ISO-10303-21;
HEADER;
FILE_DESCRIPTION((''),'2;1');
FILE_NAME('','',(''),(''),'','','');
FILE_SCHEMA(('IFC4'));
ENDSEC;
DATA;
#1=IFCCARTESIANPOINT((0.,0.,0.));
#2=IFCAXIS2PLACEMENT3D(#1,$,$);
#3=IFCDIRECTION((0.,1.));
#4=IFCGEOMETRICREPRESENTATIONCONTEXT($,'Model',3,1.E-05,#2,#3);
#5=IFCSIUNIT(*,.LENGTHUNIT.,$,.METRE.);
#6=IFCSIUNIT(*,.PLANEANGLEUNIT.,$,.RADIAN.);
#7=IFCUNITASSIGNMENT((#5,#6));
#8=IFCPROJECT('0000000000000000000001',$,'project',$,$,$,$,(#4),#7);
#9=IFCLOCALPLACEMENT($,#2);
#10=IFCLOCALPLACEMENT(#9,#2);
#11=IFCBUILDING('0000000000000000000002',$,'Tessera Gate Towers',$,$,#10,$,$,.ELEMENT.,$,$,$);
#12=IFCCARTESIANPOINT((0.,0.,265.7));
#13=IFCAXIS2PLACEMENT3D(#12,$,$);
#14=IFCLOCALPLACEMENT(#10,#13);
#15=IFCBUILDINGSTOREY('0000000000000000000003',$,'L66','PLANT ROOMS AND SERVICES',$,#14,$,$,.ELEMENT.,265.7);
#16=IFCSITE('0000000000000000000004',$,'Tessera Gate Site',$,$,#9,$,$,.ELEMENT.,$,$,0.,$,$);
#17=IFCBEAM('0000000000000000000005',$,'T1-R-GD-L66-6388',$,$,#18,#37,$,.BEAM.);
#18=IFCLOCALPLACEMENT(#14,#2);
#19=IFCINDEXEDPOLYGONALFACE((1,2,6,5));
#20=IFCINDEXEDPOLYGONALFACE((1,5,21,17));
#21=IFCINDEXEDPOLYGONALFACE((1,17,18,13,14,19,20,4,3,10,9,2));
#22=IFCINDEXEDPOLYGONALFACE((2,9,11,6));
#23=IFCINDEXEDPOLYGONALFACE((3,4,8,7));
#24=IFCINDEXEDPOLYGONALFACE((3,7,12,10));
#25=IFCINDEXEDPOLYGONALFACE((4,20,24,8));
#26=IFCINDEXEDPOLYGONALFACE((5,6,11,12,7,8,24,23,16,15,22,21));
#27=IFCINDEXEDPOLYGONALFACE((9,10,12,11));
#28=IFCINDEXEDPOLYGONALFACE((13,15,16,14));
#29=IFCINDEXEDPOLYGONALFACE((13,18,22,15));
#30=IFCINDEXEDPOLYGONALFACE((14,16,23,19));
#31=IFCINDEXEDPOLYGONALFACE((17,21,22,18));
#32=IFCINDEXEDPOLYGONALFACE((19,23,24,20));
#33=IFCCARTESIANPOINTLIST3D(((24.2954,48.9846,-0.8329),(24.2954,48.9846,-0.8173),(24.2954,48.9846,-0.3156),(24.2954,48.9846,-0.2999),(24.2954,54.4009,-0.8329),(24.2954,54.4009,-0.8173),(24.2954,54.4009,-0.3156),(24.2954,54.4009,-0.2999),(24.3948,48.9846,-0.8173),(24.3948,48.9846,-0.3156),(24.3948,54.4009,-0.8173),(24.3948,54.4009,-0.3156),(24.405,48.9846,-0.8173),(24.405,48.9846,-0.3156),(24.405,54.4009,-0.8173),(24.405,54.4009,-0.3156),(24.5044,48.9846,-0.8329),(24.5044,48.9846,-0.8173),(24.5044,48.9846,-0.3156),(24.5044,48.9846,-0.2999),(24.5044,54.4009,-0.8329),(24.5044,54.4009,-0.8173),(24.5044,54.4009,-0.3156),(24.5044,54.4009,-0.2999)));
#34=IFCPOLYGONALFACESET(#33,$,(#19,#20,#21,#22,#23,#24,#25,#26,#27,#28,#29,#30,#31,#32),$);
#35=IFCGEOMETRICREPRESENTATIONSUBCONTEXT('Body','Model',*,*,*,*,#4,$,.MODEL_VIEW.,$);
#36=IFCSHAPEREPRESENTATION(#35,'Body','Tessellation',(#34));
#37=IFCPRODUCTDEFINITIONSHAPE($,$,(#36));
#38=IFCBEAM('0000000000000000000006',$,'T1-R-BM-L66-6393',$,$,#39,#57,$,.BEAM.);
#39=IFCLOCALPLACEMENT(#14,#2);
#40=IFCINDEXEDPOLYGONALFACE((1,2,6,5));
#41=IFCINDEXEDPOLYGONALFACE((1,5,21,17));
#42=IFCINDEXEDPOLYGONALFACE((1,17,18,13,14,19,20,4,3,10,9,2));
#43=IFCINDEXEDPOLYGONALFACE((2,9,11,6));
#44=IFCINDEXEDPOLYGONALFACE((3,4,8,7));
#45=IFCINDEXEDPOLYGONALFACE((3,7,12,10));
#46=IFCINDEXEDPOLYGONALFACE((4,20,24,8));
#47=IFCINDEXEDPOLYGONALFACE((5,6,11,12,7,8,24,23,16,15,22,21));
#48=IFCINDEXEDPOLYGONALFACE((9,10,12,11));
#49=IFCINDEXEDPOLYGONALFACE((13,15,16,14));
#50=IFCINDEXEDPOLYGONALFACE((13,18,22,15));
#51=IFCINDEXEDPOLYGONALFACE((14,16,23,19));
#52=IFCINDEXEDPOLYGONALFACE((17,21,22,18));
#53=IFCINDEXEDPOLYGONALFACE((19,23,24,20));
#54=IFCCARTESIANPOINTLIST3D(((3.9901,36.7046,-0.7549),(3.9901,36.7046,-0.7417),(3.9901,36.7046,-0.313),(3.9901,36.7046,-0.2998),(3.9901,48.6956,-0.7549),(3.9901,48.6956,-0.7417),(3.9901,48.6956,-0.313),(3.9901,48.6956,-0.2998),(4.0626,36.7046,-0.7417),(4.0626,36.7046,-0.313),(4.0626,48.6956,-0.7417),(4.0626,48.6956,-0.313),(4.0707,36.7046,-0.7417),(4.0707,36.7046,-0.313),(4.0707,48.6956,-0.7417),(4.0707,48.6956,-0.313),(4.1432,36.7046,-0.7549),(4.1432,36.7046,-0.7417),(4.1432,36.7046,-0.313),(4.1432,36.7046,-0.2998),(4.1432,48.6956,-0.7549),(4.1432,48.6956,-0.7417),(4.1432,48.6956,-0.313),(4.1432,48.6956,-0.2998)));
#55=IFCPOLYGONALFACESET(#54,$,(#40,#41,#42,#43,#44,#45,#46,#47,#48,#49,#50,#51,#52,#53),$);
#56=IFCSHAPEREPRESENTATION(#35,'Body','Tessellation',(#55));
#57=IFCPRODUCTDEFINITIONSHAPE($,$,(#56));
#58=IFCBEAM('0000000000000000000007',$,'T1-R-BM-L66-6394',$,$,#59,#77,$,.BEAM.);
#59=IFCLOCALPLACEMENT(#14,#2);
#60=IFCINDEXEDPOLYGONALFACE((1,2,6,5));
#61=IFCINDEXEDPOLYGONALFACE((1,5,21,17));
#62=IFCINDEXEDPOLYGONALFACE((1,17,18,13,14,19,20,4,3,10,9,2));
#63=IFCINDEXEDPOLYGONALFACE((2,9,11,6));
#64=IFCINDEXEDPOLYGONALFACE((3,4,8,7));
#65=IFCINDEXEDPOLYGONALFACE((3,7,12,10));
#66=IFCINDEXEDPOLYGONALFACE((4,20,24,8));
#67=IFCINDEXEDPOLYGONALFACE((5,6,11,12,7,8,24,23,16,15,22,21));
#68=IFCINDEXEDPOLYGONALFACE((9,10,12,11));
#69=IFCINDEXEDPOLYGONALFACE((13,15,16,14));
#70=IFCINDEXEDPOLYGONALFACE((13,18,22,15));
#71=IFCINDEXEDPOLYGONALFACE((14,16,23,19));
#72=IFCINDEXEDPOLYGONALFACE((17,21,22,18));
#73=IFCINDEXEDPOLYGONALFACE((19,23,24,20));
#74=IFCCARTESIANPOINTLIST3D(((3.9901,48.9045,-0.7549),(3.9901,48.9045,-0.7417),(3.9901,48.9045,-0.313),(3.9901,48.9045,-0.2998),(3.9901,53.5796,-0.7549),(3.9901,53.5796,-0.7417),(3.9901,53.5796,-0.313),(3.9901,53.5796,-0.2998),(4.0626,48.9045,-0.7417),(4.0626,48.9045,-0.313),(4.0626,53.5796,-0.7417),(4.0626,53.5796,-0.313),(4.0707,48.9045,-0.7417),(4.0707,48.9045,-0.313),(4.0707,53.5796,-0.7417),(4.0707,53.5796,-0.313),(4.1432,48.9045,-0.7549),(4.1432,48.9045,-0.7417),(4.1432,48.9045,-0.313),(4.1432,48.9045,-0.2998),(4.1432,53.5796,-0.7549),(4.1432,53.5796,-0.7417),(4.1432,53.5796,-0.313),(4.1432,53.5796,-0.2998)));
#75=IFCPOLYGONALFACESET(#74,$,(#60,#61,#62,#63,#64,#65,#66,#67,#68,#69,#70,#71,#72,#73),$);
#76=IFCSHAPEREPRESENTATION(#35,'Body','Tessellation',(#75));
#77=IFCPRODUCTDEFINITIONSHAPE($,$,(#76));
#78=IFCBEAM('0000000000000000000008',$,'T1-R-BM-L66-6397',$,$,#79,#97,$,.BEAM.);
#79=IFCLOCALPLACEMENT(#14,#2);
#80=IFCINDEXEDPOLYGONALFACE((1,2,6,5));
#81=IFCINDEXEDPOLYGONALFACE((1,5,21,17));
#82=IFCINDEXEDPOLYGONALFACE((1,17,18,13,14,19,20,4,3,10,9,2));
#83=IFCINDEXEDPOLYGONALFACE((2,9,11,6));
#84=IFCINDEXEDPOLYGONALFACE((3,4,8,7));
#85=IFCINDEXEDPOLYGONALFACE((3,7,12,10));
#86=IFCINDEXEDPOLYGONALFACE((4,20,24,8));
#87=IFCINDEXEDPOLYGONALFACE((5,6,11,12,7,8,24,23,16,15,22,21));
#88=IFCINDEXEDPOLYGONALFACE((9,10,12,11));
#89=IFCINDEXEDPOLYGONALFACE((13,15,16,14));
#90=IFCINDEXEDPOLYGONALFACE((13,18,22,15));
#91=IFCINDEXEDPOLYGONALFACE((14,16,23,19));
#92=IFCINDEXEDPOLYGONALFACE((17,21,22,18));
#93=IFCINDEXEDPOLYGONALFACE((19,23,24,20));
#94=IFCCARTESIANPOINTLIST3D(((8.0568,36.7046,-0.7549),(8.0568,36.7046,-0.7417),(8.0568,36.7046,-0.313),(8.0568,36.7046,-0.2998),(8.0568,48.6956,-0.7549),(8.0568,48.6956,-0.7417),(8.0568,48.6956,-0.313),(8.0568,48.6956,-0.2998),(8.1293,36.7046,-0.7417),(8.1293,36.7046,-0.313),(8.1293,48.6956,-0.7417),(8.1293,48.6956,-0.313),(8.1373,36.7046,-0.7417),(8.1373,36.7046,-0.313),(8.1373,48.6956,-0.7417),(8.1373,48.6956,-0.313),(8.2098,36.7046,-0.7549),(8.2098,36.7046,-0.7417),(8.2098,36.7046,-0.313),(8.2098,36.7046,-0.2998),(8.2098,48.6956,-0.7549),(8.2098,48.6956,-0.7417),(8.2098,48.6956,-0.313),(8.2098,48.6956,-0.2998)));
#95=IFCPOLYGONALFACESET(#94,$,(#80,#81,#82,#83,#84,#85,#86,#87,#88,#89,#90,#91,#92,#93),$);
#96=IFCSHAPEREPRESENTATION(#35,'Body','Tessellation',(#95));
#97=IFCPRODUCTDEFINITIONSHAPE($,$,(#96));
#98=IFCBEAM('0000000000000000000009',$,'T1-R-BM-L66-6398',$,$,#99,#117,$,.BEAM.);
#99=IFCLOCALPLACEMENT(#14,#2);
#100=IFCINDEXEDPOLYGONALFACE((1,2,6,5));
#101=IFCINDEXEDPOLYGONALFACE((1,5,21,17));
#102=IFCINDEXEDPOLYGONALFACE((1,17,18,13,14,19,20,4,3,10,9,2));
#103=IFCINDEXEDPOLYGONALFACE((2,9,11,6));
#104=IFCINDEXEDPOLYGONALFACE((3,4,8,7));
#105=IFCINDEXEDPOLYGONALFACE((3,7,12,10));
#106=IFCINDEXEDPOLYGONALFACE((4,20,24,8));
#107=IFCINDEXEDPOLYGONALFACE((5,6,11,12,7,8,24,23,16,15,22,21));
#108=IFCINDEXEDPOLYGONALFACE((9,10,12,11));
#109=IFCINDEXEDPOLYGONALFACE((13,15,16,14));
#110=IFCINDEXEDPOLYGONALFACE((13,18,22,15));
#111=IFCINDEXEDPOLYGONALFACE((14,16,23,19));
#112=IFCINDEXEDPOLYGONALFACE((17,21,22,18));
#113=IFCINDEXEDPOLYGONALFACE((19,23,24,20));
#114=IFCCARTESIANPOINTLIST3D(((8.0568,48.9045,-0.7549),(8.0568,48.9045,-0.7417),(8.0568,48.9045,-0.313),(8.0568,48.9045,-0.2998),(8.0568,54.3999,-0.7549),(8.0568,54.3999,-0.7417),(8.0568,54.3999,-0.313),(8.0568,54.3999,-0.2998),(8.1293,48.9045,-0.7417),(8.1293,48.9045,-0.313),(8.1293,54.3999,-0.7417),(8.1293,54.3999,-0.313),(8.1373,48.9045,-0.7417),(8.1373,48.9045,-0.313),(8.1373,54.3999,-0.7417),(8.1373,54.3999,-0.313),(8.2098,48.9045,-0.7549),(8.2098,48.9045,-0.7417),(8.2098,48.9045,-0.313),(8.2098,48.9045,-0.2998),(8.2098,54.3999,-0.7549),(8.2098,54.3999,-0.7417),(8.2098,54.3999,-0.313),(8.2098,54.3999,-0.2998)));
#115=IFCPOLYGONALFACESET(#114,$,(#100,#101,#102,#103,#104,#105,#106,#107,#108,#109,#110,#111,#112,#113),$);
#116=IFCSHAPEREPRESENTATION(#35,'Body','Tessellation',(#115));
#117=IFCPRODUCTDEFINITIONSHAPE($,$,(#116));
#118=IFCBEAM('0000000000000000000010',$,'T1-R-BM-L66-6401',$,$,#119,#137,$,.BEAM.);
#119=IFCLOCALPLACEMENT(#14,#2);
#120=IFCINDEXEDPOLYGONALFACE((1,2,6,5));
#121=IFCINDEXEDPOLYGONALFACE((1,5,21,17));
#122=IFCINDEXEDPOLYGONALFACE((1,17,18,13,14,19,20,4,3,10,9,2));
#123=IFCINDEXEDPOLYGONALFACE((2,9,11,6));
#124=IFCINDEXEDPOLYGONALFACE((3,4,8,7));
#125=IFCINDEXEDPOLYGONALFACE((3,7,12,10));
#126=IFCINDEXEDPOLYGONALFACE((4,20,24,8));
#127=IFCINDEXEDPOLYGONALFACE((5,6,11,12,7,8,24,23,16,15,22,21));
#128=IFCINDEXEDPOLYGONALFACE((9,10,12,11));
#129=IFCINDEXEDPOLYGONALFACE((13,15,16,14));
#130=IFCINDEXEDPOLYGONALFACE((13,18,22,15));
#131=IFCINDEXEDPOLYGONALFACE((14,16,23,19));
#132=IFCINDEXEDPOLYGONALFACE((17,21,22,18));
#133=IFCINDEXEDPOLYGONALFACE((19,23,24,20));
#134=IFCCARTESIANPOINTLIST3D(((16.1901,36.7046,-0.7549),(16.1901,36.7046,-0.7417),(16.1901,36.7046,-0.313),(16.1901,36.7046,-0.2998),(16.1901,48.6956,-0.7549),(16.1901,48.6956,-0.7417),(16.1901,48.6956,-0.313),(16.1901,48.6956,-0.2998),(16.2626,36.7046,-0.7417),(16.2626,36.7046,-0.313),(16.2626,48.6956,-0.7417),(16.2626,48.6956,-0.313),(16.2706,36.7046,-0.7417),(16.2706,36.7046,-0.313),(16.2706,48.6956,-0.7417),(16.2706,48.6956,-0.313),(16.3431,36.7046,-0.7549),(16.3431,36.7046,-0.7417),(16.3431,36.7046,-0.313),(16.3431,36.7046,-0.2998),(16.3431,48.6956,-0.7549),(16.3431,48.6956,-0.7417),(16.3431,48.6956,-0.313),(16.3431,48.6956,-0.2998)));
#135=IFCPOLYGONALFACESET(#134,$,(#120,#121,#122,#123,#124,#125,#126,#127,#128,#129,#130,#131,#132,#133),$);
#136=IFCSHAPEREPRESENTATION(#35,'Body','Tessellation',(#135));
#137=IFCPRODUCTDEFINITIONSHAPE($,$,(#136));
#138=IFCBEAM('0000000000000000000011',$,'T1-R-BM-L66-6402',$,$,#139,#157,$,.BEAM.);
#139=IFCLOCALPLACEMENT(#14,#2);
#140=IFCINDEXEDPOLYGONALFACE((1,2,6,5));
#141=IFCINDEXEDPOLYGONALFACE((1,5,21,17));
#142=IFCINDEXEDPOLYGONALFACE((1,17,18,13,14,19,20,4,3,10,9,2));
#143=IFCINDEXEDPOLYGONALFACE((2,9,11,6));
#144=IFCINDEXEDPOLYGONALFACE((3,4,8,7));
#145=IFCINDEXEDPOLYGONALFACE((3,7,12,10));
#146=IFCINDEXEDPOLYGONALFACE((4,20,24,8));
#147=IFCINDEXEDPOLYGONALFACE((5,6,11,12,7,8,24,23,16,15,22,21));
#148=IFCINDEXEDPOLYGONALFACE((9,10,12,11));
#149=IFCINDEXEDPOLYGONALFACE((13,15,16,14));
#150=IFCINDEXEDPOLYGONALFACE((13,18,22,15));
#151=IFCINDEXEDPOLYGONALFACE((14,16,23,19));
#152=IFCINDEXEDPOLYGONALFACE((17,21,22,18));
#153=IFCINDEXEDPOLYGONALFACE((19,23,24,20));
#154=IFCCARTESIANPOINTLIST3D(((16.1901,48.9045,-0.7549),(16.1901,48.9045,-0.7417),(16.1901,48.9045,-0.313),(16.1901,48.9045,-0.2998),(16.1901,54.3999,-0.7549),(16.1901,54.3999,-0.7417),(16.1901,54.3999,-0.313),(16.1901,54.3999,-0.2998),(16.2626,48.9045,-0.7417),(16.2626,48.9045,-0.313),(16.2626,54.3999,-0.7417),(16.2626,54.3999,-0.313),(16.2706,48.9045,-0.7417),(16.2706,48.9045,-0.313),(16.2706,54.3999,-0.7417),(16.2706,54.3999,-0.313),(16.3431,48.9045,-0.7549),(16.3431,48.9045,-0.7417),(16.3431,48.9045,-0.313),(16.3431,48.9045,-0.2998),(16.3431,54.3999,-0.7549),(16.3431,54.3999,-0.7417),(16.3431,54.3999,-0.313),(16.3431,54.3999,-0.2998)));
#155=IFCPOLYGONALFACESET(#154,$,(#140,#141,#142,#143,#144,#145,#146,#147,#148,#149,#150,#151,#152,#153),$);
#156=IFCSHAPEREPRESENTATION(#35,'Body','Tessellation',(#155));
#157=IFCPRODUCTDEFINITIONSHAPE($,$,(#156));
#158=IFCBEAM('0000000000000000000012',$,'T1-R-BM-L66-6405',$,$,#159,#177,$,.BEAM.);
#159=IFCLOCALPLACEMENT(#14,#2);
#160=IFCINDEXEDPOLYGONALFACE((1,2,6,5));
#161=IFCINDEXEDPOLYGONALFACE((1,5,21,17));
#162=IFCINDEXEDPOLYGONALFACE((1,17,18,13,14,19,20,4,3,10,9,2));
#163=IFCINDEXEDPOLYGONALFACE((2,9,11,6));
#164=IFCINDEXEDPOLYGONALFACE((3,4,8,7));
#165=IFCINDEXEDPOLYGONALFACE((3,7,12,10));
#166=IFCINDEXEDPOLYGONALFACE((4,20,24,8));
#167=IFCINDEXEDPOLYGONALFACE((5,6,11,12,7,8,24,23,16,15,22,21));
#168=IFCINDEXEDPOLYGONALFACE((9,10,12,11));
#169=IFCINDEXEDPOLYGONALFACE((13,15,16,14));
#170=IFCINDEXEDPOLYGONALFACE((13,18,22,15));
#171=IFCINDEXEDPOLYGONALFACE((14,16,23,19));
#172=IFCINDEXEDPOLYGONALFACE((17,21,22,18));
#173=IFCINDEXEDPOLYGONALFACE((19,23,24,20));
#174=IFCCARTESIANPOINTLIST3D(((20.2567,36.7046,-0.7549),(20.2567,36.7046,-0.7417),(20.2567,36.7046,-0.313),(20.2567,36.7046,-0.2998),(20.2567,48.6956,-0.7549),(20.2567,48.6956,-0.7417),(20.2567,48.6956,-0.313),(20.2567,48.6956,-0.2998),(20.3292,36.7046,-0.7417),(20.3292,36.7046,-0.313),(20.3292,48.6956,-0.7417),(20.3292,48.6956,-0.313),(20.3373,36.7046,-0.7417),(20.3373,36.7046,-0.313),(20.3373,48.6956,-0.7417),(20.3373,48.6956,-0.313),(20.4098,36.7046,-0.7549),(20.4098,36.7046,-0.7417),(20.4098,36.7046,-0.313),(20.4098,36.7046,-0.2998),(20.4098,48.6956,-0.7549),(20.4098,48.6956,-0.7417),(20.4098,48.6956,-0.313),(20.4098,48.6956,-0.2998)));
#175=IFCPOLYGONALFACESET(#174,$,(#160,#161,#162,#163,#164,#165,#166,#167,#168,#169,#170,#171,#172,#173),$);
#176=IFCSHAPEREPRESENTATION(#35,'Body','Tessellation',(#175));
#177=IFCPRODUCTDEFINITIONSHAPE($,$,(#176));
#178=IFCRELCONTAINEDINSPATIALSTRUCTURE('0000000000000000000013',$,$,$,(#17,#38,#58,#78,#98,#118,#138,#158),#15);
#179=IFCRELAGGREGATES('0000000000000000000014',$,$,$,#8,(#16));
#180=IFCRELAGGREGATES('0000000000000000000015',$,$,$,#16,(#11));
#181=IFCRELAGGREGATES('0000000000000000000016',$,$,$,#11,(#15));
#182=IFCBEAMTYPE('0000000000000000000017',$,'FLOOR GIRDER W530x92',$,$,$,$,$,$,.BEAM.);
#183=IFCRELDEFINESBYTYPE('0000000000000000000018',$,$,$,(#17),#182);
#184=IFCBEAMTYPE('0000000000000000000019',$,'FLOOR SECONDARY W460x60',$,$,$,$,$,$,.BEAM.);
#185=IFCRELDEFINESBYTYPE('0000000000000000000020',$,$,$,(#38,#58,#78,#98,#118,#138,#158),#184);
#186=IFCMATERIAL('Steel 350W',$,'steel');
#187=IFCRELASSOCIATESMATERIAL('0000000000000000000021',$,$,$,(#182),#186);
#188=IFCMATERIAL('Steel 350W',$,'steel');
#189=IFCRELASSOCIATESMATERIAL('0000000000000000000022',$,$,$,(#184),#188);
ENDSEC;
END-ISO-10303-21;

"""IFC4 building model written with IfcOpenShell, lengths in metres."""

from ifc_helpers import new_model, si_unit, direction, frame, origin, origin_2d, place, context, subcontext, project, spatial, i_section, extrude, material, material_profile, profile_set, type_object, element, save


model = new_model("IFC4")

# Units and contexts
model_context = context("Model", 3, precision=1e-05, world=origin(), true_north=direction((0.0, 1.0)))
body_context = subcontext(model_context, "Body", "Model", "MODEL_VIEW")
ifc_project = project(units=[si_unit("LENGTHUNIT", "METRE"), si_unit("PLANEANGLEUNIT", "RADIAN")], contexts=[model_context])

# Site, building, storey
site_placement = place(None, origin())
site = spatial("IfcSite", under=ifc_project, at=site_placement, Name="Tessera Gate Site", CompositionType="ELEMENT", RefElevation=0.0)
building_placement = place(site_placement, origin())
building = spatial("IfcBuilding", under=site, at=building_placement, Name="Tessera Gate Towers", CompositionType="ELEMENT")
storey_placement = place(building_placement, frame((0.0, 0.0, 265.7)))
storey = spatial("IfcBuildingStorey", under=building, at=storey_placement, Name="L66", Description="PLANT ROOMS AND SERVICES", CompositionType="ELEMENT", Elevation=265.7)

# Beams
ifc_material_1 = material(Name="Steel 350W", Category="steel")
ifc_material_profile_1 = material_profile(ifc_material_1, i_section(OverallWidth=0.209, OverallDepth=0.533, WebThickness=0.0103, FlangeThickness=0.0156, at=origin_2d()), Name="W530x92")
ifc_profile_set_1 = profile_set([ifc_material_profile_1], Name="Steel 350W")
beam_type_1 = type_object("IfcBeamType", Name="FLOOR GIRDER W530x92", PredefinedType="BEAM", material=ifc_profile_set_1)
beam_1_placement = place(storey_placement, frame((24.3999, 48.9846, -0.5664), z_axis=(0.0, 1.0, 0.0), x_axis=(-1.0, 0.0, 0.0)))
element("IfcBeam", 1, at=beam_1_placement, inside=storey, type_object=beam_type_1, Name="T1-R-GD-L66-6388", PredefinedType="BEAM", context=body_context, shape_type="SweptSolid", body=[
    extrude(i_section(OverallWidth=0.209, OverallDepth=0.533, WebThickness=0.0103, FlangeThickness=0.0156, at=origin_2d()), origin(), (0.0, 0.0, 1.0), 5.4163),
])
ifc_material_2 = material(Name="Steel 350W", Category="steel")
ifc_material_profile_2 = material_profile(ifc_material_2, i_section(OverallWidth=0.1531, OverallDepth=0.4551, WebThickness=0.0081, FlangeThickness=0.0132, at=origin_2d()), Name="W460x60")
ifc_profile_set_2 = profile_set([ifc_material_profile_2], Name="Steel 350W")
beam_type_2 = type_object("IfcBeamType", Name="FLOOR SECONDARY W460x60", PredefinedType="BEAM", material=ifc_profile_set_2)
beam_2_placement = place(storey_placement, frame((4.0667, 36.7046, -0.5273), z_axis=(0.0, 1.0, 0.0), x_axis=(-1.0, 0.0, 0.0)))
element("IfcBeam", 2, at=beam_2_placement, inside=storey, type_object=beam_type_2, Name="T1-R-BM-L66-6393", PredefinedType="BEAM", context=body_context, shape_type="SweptSolid", body=[
    extrude(i_section(OverallWidth=0.1531, OverallDepth=0.4551, WebThickness=0.0081, FlangeThickness=0.0132, at=origin_2d()), origin(), (0.0, 0.0, 1.0), 11.991),
])
beam_3_placement = place(storey_placement, frame((4.0667, 48.9045, -0.5273), z_axis=(0.0, 1.0, 0.0), x_axis=(-1.0, 0.0, 0.0)))
element("IfcBeam", 3, at=beam_3_placement, inside=storey, type_object=beam_type_2, Name="T1-R-BM-L66-6394", PredefinedType="BEAM", context=body_context, shape_type="SweptSolid", body=[
    extrude(i_section(OverallWidth=0.1531, OverallDepth=0.4551, WebThickness=0.0081, FlangeThickness=0.0132, at=origin_2d()), origin(), (0.0, 0.0, 1.0), 4.675),
])
beam_4_placement = place(storey_placement, frame((8.1333, 36.7046, -0.5273), z_axis=(0.0, 1.0, 0.0), x_axis=(-1.0, 0.0, 0.0)))
element("IfcBeam", 4, at=beam_4_placement, inside=storey, type_object=beam_type_2, Name="T1-R-BM-L66-6397", PredefinedType="BEAM", context=body_context, shape_type="SweptSolid", body=[
    extrude(i_section(OverallWidth=0.1531, OverallDepth=0.4551, WebThickness=0.0081, FlangeThickness=0.0132, at=origin_2d()), origin(), (0.0, 0.0, 1.0), 11.991),
])
beam_5_placement = place(storey_placement, frame((8.1333, 48.9045, -0.5273), z_axis=(0.0, 1.0, 0.0), x_axis=(-1.0, 0.0, 0.0)))
element("IfcBeam", 5, at=beam_5_placement, inside=storey, type_object=beam_type_2, Name="T1-R-BM-L66-6398", PredefinedType="BEAM", context=body_context, shape_type="SweptSolid", body=[
    extrude(i_section(OverallWidth=0.1531, OverallDepth=0.4551, WebThickness=0.0081, FlangeThickness=0.0132, at=origin_2d()), origin(), (0.0, 0.0, 1.0), 5.4954),
])
beam_6_placement = place(storey_placement, frame((16.2666, 36.7046, -0.5273), z_axis=(0.0, 1.0, 0.0), x_axis=(-1.0, 0.0, 0.0)))
element("IfcBeam", 6, at=beam_6_placement, inside=storey, type_object=beam_type_2, Name="T1-R-BM-L66-6401", PredefinedType="BEAM", context=body_context, shape_type="SweptSolid", body=[
    extrude(i_section(OverallWidth=0.1531, OverallDepth=0.4551, WebThickness=0.0081, FlangeThickness=0.0132, at=origin_2d()), origin(), (0.0, 0.0, 1.0), 11.991),
])
beam_7_placement = place(storey_placement, frame((16.2666, 48.9045, -0.5273), z_axis=(0.0, 1.0, 0.0), x_axis=(-1.0, 0.0, 0.0)))
element("IfcBeam", 7, at=beam_7_placement, inside=storey, type_object=beam_type_2, Name="T1-R-BM-L66-6402", PredefinedType="BEAM", context=body_context, shape_type="SweptSolid", body=[
    extrude(i_section(OverallWidth=0.1531, OverallDepth=0.4551, WebThickness=0.0081, FlangeThickness=0.0132, at=origin_2d()), origin(), (0.0, 0.0, 1.0), 5.4954),
])
beam_8_placement = place(storey_placement, frame((20.3333, 36.7046, -0.5273), z_axis=(0.0, 1.0, 0.0), x_axis=(-1.0, 0.0, 0.0)))
element("IfcBeam", 8, at=beam_8_placement, inside=storey, type_object=beam_type_2, Name="T1-R-BM-L66-6405", PredefinedType="BEAM", context=body_context, shape_type="SweptSolid", body=[
    extrude(i_section(OverallWidth=0.1531, OverallDepth=0.4551, WebThickness=0.0081, FlangeThickness=0.0132, at=origin_2d()), origin(), (0.0, 0.0, 1.0), 11.991),
])

save(model, "model.ifc")
